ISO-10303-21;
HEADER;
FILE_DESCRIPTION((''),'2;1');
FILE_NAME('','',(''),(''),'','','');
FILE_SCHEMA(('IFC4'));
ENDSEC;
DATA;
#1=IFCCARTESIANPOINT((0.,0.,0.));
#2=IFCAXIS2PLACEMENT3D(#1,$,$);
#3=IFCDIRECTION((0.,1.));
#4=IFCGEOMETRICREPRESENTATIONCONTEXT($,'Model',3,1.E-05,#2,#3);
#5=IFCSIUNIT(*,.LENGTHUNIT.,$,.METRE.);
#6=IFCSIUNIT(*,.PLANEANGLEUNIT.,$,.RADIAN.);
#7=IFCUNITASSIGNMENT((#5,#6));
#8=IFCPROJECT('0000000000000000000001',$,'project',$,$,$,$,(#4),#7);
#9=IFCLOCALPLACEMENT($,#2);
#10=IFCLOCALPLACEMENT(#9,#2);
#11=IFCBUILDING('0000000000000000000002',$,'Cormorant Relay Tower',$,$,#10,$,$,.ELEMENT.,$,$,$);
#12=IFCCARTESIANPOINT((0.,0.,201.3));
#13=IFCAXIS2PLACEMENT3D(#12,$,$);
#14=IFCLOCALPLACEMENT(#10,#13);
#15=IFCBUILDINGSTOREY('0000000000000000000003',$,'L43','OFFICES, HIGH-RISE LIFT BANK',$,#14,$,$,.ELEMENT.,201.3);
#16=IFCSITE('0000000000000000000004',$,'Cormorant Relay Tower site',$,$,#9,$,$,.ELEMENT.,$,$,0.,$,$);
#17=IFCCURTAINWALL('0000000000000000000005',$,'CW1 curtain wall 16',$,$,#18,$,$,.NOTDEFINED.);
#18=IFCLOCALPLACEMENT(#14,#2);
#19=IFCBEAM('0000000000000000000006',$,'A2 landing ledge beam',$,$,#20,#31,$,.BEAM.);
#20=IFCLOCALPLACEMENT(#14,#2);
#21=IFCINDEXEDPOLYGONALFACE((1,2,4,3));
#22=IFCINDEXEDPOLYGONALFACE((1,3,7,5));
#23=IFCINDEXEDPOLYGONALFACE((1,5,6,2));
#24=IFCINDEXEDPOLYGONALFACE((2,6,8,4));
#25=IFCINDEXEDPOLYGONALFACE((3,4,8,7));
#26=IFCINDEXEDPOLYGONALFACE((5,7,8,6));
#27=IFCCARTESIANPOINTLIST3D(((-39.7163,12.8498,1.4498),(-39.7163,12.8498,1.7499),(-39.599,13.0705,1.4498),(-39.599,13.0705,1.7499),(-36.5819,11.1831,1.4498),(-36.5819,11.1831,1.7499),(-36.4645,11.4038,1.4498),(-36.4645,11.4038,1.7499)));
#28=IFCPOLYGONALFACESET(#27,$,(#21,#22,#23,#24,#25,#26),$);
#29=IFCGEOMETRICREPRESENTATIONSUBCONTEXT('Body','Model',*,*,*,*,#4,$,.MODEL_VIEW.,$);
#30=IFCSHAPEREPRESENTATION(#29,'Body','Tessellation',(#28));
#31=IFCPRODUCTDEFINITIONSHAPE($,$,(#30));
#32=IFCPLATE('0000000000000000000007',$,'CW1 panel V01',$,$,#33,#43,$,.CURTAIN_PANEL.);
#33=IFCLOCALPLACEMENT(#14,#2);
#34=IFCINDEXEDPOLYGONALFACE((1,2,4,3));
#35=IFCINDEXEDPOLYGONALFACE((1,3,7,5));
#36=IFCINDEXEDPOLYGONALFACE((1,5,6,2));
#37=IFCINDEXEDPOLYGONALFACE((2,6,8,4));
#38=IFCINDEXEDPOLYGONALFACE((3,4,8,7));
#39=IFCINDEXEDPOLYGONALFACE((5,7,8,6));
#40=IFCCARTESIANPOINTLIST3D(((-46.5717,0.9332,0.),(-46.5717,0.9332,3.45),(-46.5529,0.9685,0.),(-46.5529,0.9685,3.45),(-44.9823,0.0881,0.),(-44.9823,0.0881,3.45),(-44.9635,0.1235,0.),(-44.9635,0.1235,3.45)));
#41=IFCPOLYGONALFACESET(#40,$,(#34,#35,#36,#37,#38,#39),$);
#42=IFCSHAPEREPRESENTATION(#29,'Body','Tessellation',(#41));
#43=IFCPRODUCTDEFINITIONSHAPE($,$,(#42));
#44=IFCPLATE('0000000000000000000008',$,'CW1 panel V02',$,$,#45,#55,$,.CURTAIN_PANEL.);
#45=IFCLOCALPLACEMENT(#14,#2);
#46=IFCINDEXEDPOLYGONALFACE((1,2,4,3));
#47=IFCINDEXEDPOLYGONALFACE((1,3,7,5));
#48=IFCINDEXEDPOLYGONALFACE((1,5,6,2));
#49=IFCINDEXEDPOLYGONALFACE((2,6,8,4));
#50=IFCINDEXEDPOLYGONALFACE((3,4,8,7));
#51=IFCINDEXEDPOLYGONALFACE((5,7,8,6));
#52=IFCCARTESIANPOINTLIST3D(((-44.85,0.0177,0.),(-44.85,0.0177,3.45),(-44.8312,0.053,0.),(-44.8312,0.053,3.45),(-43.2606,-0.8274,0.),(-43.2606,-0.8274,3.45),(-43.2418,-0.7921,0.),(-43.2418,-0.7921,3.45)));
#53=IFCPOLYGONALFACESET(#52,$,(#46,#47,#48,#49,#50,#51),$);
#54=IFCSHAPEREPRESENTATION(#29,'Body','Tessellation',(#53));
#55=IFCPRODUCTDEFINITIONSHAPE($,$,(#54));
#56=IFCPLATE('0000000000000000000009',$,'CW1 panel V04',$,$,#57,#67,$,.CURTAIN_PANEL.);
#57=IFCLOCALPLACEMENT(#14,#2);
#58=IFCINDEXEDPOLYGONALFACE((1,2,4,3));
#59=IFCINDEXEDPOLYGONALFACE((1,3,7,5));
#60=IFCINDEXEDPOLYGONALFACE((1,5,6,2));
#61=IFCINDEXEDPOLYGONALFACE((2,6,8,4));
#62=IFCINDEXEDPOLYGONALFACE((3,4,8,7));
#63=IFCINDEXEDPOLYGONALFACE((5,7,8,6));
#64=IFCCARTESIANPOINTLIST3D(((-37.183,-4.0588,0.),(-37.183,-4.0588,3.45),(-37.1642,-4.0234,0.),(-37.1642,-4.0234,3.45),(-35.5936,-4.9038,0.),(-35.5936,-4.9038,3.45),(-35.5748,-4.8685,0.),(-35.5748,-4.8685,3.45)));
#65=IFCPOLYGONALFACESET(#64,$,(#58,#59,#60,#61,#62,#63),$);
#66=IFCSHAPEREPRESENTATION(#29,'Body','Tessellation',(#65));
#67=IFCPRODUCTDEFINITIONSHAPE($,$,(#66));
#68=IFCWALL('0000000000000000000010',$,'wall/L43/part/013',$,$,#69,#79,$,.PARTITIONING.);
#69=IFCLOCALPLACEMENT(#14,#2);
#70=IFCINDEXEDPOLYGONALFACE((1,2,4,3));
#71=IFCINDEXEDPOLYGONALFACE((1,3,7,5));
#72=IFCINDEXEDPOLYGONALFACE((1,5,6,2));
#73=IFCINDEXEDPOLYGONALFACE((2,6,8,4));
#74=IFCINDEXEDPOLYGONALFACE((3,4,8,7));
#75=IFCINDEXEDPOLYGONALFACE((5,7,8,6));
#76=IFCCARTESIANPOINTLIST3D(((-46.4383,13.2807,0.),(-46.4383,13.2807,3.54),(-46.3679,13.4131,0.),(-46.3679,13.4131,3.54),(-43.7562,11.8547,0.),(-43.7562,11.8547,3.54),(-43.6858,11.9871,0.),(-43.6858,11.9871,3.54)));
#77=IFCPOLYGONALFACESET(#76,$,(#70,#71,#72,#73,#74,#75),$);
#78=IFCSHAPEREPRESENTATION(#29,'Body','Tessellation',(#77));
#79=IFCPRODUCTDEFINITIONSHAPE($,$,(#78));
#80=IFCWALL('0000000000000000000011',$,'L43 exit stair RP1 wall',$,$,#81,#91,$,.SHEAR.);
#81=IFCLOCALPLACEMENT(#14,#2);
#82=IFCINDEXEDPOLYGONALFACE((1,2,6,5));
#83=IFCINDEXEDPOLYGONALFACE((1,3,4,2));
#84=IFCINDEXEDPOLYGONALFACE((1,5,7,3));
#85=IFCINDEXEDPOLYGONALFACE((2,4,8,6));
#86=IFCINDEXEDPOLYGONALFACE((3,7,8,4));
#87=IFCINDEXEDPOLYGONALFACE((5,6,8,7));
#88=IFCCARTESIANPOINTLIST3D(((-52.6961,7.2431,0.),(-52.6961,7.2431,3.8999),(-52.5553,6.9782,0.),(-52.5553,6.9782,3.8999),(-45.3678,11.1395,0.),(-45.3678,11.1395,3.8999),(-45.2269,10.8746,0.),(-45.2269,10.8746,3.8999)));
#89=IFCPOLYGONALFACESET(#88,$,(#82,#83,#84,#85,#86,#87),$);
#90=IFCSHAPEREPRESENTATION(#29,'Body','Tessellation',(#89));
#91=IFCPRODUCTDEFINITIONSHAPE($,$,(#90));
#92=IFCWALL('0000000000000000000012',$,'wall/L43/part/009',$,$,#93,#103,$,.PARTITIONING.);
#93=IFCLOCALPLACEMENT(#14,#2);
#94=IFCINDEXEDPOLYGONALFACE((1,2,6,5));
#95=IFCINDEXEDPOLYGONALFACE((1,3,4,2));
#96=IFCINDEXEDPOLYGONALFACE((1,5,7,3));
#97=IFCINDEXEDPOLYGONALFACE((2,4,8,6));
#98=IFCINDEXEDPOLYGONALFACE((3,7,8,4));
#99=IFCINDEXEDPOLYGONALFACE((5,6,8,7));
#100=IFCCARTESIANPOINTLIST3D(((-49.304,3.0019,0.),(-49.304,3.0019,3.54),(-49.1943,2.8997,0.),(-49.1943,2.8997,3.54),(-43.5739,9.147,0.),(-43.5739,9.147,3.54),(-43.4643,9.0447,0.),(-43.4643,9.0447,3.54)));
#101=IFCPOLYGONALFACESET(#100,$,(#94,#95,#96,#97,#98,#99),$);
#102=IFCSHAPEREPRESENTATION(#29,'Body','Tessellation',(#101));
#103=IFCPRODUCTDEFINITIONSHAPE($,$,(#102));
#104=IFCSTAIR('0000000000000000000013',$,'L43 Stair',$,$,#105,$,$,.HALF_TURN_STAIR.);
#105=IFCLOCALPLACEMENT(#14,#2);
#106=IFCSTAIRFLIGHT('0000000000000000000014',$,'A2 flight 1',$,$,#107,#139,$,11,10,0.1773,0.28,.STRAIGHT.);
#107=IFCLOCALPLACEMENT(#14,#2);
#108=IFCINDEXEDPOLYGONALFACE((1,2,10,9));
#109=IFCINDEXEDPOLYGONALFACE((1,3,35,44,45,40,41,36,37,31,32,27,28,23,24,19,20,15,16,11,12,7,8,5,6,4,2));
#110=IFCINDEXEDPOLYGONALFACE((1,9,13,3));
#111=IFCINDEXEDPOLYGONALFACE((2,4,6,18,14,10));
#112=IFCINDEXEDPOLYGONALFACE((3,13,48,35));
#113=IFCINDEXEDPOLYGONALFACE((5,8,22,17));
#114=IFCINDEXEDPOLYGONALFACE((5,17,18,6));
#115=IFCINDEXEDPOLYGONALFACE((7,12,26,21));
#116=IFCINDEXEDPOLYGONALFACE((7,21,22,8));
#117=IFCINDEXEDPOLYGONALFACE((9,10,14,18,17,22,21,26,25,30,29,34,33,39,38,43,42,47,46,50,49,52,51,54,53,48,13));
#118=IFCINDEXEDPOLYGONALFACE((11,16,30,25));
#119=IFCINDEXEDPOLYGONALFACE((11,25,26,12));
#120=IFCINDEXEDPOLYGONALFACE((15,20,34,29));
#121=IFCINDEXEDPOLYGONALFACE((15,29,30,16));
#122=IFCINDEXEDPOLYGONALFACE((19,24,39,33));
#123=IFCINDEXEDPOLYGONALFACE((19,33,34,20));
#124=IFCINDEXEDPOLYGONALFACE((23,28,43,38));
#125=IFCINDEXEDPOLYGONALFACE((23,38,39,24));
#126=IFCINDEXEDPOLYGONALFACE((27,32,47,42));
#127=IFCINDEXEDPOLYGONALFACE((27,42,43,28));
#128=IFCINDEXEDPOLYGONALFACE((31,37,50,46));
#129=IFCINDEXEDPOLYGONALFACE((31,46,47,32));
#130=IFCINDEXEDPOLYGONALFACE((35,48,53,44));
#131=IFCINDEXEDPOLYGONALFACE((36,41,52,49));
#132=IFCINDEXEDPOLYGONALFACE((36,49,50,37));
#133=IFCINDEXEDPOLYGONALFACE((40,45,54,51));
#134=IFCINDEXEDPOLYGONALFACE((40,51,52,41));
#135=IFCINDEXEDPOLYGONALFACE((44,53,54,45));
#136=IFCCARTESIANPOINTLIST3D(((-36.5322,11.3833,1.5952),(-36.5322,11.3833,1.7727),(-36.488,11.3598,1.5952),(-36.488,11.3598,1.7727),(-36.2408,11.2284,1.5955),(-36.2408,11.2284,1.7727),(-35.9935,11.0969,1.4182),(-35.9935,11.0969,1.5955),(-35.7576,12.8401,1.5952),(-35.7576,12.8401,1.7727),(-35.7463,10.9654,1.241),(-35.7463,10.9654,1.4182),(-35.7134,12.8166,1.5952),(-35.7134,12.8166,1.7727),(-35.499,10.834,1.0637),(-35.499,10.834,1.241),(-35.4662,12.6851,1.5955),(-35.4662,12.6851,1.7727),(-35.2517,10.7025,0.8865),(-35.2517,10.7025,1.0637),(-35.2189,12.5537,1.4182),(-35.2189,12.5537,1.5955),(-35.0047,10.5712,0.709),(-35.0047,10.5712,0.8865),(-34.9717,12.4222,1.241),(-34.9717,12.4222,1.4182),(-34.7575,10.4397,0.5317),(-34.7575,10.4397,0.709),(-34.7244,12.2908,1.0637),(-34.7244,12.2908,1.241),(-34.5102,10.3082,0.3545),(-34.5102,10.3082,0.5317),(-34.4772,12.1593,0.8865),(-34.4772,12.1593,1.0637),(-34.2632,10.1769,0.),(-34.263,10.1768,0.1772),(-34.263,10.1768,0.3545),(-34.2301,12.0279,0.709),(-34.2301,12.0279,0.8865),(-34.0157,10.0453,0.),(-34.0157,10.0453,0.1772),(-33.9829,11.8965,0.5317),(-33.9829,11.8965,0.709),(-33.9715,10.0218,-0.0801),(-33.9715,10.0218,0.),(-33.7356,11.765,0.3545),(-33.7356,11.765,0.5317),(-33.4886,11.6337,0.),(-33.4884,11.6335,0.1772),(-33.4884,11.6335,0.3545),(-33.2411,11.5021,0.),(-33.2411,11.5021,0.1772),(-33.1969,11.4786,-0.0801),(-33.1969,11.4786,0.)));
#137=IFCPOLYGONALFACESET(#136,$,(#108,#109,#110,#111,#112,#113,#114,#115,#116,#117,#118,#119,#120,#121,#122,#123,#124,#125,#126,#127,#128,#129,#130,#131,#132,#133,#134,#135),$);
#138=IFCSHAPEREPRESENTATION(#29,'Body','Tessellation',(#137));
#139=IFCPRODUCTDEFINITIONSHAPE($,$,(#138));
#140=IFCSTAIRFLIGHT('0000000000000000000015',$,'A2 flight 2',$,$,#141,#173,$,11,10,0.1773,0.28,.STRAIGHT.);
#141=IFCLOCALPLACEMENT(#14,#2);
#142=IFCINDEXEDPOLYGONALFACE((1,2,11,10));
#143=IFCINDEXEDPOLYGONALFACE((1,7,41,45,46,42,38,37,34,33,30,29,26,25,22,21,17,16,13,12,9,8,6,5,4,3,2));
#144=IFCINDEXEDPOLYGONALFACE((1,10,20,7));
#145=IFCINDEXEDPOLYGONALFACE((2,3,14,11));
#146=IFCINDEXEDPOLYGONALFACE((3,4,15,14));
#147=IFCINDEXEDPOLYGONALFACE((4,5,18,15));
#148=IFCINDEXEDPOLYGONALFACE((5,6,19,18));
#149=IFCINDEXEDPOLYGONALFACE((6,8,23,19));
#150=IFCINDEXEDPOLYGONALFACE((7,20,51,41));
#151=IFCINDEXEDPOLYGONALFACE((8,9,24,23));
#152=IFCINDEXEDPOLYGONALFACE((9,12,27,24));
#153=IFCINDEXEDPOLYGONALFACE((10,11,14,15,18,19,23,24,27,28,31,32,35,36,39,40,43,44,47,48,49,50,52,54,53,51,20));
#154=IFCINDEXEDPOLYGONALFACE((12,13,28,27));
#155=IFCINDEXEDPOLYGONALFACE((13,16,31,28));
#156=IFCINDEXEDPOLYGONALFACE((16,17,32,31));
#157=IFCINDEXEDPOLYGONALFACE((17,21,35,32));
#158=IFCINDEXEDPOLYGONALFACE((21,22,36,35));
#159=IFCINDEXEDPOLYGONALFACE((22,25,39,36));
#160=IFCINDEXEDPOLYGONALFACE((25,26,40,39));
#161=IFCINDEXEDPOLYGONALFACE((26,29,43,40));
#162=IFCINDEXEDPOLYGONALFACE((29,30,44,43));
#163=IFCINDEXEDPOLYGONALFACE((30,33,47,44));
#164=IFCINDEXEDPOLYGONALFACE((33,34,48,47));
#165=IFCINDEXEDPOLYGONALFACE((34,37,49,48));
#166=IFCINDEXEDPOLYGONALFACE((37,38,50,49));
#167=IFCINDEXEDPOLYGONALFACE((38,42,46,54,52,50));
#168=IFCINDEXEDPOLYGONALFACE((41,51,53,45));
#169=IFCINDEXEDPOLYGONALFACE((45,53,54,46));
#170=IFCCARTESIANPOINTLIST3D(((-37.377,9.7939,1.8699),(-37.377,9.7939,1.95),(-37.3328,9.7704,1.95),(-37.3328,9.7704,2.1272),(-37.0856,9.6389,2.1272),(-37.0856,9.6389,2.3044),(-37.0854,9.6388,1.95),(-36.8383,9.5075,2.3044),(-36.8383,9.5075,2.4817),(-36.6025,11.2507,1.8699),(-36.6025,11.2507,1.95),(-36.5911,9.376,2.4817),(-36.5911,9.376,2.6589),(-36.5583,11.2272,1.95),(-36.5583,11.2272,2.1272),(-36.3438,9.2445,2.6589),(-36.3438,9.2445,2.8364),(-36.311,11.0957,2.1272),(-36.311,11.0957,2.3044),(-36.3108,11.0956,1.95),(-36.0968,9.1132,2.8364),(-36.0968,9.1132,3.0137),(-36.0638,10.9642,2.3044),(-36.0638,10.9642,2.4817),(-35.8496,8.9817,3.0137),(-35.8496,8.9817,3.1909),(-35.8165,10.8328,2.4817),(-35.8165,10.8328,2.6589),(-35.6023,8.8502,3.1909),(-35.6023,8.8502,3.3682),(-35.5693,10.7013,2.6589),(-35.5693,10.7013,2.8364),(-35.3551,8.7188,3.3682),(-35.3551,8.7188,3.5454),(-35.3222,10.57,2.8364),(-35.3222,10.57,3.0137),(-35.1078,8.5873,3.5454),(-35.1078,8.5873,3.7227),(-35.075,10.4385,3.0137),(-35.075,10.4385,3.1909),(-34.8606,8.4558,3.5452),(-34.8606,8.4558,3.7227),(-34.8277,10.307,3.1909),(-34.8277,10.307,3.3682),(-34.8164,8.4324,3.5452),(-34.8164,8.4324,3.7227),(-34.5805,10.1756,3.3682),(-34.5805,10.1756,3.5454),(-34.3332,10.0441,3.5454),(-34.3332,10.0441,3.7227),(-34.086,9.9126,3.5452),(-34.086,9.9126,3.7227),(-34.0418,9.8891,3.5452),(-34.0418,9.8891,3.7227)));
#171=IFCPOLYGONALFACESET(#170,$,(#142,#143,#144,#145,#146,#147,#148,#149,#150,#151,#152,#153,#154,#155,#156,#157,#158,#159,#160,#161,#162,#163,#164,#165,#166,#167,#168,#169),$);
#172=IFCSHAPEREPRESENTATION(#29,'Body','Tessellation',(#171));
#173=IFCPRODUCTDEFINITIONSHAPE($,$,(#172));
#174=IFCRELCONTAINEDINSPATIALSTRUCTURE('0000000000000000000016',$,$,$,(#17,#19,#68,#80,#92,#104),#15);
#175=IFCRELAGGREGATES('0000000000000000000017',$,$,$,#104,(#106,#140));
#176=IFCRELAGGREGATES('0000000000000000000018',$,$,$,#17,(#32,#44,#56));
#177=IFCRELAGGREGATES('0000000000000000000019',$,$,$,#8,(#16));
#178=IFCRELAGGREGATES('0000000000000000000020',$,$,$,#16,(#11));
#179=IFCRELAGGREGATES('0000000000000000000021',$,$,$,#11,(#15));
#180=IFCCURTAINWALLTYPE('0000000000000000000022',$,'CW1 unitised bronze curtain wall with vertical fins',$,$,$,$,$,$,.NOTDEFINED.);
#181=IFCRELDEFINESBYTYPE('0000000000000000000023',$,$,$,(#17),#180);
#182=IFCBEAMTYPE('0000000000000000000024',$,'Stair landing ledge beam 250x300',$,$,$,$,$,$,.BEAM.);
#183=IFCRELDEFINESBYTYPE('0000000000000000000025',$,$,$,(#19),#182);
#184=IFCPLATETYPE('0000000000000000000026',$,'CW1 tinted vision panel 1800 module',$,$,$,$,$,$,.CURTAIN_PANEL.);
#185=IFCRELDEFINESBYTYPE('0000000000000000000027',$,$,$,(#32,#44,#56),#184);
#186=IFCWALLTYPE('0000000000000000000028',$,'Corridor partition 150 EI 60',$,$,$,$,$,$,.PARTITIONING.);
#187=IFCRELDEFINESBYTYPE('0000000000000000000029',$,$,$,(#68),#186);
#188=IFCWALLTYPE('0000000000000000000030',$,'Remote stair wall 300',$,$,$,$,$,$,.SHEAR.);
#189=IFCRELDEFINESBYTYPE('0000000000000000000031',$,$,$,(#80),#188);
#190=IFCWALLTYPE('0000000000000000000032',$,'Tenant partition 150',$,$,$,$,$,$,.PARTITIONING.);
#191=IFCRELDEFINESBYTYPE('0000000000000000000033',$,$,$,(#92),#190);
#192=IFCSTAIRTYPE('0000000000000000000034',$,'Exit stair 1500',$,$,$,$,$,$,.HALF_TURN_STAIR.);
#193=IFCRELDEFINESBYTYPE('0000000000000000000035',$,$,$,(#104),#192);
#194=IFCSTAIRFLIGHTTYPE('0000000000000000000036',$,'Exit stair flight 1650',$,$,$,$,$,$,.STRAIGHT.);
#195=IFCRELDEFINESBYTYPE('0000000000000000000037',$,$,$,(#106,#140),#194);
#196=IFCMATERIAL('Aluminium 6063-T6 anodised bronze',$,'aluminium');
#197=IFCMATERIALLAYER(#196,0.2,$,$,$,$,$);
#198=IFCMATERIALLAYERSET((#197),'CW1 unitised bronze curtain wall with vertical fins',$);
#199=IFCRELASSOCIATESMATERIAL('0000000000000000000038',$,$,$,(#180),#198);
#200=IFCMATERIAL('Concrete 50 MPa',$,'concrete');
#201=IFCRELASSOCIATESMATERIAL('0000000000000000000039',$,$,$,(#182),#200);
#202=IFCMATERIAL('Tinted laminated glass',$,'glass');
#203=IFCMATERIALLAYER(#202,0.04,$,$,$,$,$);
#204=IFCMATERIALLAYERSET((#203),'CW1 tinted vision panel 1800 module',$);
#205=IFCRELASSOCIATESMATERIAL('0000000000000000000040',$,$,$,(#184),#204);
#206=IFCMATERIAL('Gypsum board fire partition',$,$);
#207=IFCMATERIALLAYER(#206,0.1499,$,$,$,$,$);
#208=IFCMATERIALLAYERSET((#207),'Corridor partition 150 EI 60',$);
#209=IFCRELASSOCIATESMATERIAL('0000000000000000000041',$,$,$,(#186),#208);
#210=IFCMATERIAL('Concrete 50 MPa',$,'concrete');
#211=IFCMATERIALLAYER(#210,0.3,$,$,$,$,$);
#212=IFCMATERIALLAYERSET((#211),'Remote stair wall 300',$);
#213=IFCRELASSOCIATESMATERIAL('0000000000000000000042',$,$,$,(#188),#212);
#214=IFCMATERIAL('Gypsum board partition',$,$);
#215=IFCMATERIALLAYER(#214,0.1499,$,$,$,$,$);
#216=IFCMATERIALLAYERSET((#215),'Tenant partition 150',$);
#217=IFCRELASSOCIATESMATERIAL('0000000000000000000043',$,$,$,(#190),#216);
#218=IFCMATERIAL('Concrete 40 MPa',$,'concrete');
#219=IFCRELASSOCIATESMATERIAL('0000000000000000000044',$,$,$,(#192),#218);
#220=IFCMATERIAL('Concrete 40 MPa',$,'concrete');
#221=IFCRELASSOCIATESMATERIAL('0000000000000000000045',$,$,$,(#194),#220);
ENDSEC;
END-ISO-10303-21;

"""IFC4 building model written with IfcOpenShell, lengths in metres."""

from ifc_helpers import new_model, si_unit, direction, frame, frame_2d, origin, origin_2d, place, context, subcontext, project, spatial, polyline, rectangle, outline, extrude, material, layer, layer_set, material_profile, profile_set, type_object, element, aggregate, save


model = new_model("IFC4")

# Units and contexts
model_context = context("Model", 3, precision=1e-05, world=origin(), true_north=direction((0.0, 1.0)))
body_context = subcontext(model_context, "Body", "Model", "MODEL_VIEW")
ifc_project = project(units=[si_unit("LENGTHUNIT", "METRE"), si_unit("PLANEANGLEUNIT", "RADIAN")], contexts=[model_context])

# Site, building, storey
site_placement = place(None, origin())
site = spatial("IfcSite", under=ifc_project, at=site_placement, Name="Cormorant Relay Tower site", CompositionType="ELEMENT", RefElevation=0.0)
building_placement = place(site_placement, origin())
building = spatial("IfcBuilding", under=site, at=building_placement, Name="Cormorant Relay Tower", CompositionType="ELEMENT")
storey_placement = place(building_placement, frame((0.0, 0.0, 201.3)))
storey = spatial("IfcBuildingStorey", under=building, at=storey_placement, Name="L43", Description="OFFICES, HIGH-RISE LIFT BANK", CompositionType="ELEMENT", Elevation=201.3)

# Curtain wall
ifc_material_1 = material(Name="Aluminium 6063-T6 anodised bronze", Category="aluminium")
ifc_layer_1 = layer(ifc_material_1, 0.2)
ifc_layer_set_1 = layer_set([ifc_layer_1], Name="CW1 unitised bronze curtain wall with vertical fins")
curtain_wall_type = type_object("IfcCurtainWallType", Name="CW1 unitised bronze curtain wall with vertical fins", PredefinedType="NOTDEFINED", material=ifc_layer_set_1)
curtain_wall_placement = place(storey_placement, origin())
curtain_wall = element("IfcCurtainWall", 1, at=curtain_wall_placement, inside=storey, type_object=curtain_wall_type, Name="CW1 curtain wall 16", PredefinedType="NOTDEFINED")

# Beam
ifc_material_2 = material(Name="Concrete 50 MPa", Category="concrete")
ifc_material_profile_1 = material_profile(ifc_material_2, rectangle(XDim=0.25, YDim=0.3, at=origin_2d()), Name="RC 250x300")
ifc_profile_set_1 = profile_set([ifc_material_profile_1], Name="Concrete 50 MPa")
beam_type_1 = type_object("IfcBeamType", Name="Stair landing ledge beam 250x300", PredefinedType="BEAM", material=ifc_profile_set_1)
beam_1_placement = place(storey_placement, frame((-36.5232, 11.2935, 1.5999), z_axis=(-0.882937, 0.469492, 0.0), x_axis=(-0.469492, -0.882937, 0.0)))
element("IfcBeam", 2, at=beam_1_placement, inside=storey, type_object=beam_type_1, Name="A2 landing ledge beam", PredefinedType="BEAM", context=body_context, shape_type="SweptSolid", body=[
    extrude(rectangle(XDim=0.25, YDim=0.3, at=origin_2d()), origin(), (0.0, 0.0, 1.0), 3.55),
])

# Plates
ifc_material_3 = material(Name="Tinted laminated glass", Category="glass")
ifc_layer_2 = layer(ifc_material_3, 0.04)
ifc_layer_set_2 = layer_set([ifc_layer_2], Name="CW1 tinted vision panel 1800 module")
plate_type = type_object("IfcPlateType", Name="CW1 tinted vision panel 1800 module", PredefinedType="CURTAIN_PANEL", material=ifc_layer_set_2)
plate_1_placement = place(storey_placement, frame((-45.7676, 0.5283, 0.0), z_axis=(0.0, 0.0, 1.0), x_axis=(0.882948, -0.469472, 0.0)))
plate_1 = element("IfcPlate", 3, at=plate_1_placement, type_object=plate_type, Name="CW1 panel V01", PredefinedType="CURTAIN_PANEL", context=body_context, shape_type="SweptSolid", body=[
    extrude(rectangle(XDim=1.8, YDim=0.04, at=origin_2d()), origin(), (0.0, 0.0, 1.0), 3.45),
])
plate_2_placement = place(storey_placement, frame((-44.0459, -0.3872, 0.0), z_axis=(0.0, 0.0, 1.0), x_axis=(0.882948, -0.469472, 0.0)))
plate_2 = element("IfcPlate", 4, at=plate_2_placement, type_object=plate_type, Name="CW1 panel V02", PredefinedType="CURTAIN_PANEL", context=body_context, shape_type="SweptSolid", body=[
    extrude(rectangle(XDim=1.8, YDim=0.04, at=origin_2d()), origin(), (0.0, 0.0, 1.0), 3.45),
])
plate_3_placement = place(storey_placement, frame((-36.3789, -4.4636, 0.0), z_axis=(0.0, 0.0, 1.0), x_axis=(0.882948, -0.469472, 0.0)))
plate_3 = element("IfcPlate", 5, at=plate_3_placement, type_object=plate_type, Name="CW1 panel V04", PredefinedType="CURTAIN_PANEL", context=body_context, shape_type="SweptSolid", body=[
    extrude(rectangle(XDim=1.8, YDim=0.04, at=origin_2d()), origin(), (0.0, 0.0, 1.0), 3.45),
])

# Walls
ifc_material_4 = material(Name="Gypsum board fire partition")
ifc_layer_3 = layer(ifc_material_4, 0.1499)
ifc_layer_set_3 = layer_set([ifc_layer_3], Name="Corridor partition 150 EI 60")
wall_type_1 = type_object("IfcWallType", Name="Corridor partition 150 EI 60", PredefinedType="PARTITIONING", material=ifc_layer_set_3)
wall_1_placement = place(storey_placement, frame((-46.4031, 13.3469, 0.0), z_axis=(0.0, 0.0, 1.0), x_axis=(0.88296, -0.469449, 0.0)))
element("IfcWall", 6, at=wall_1_placement, inside=storey, type_object=wall_type_1, Name="wall/L43/part/013", PredefinedType="PARTITIONING", context=body_context, shape_type="SweptSolid", body=[
    extrude(rectangle(XDim=3.0376, YDim=0.1499, at=frame_2d((1.5188, 0.0))), origin(), (0.0, 0.0, 1.0), 3.54),
])
ifc_material_5 = material(Name="Concrete 50 MPa", Category="concrete")
ifc_layer_4 = layer(ifc_material_5, 0.3)
ifc_layer_set_4 = layer_set([ifc_layer_4], Name="Remote stair wall 300")
wall_type_2 = type_object("IfcWallType", Name="Remote stair wall 300", PredefinedType="SHEAR", material=ifc_layer_set_4)
wall_2_placement = place(storey_placement, frame((-45.2974, 11.0071, 0.0), z_axis=(0.0, 0.0, 1.0), x_axis=(-0.882952, -0.469464, 0.0)))
element("IfcWall", 7, at=wall_2_placement, inside=storey, type_object=wall_type_2, Name="L43 exit stair RP1 wall", PredefinedType="SHEAR", context=body_context, shape_type="SweptSolid", body=[
    extrude(rectangle(XDim=8.2998, YDim=0.3, at=frame_2d((4.1499, 0.0))), origin(), (0.0, 0.0, 1.0), 3.8999),
])
ifc_material_6 = material(Name="Gypsum board partition")
ifc_layer_5 = layer(ifc_material_6, 0.1499)
ifc_layer_set_5 = layer_set([ifc_layer_5], Name="Tenant partition 150")
wall_type_3 = type_object("IfcWallType", Name="Tenant partition 150", PredefinedType="PARTITIONING", material=ifc_layer_set_5)
wall_3_placement = place(storey_placement, frame((-43.519, 9.0959, 0.0), z_axis=(0.0, 0.0, 1.0), x_axis=(-0.681977, -0.731374, 0.0)))
element("IfcWall", 8, at=wall_3_placement, inside=storey, type_object=wall_type_3, Name="wall/L43/part/009", PredefinedType="PARTITIONING", context=body_context, shape_type="SweptSolid", body=[
    extrude(rectangle(XDim=8.4021, YDim=0.1499, at=frame_2d((4.2012, 0.0))), origin(), (0.0, 0.0, 1.0), 3.54),
])

# Stair, stair flights
ifc_material_7 = material(Name="Concrete 40 MPa", Category="concrete")
stair_type = type_object("IfcStairType", Name="Exit stair 1500", PredefinedType="HALF_TURN_STAIR", material=ifc_material_7)
stair_placement = place(storey_placement, origin())
stair = element("IfcStair", 9, at=stair_placement, inside=storey, type_object=stair_type, Name="L43 Stair", PredefinedType="HALF_TURN_STAIR")
ifc_material_8 = material(Name="Concrete 40 MPa", Category="concrete")
stair_flight_type = type_object("IfcStairFlightType", Name="Exit stair flight 1650", PredefinedType="STRAIGHT", material=ifc_material_8)
stair_flight_1_placement = place(storey_placement, frame((-33.6284, 10.7737, 0.0), z_axis=(0.0, 0.0, 1.0), x_axis=(-0.882948, 0.469472, 0.0)))
stair_flight_1 = element("IfcStairFlight", 10, at=stair_flight_1_placement, type_object=stair_flight_type, Name="A2 flight 1", NumberOfRisers=11, NumberOfTreads=10, PredefinedType="STRAIGHT", RiserHeight=0.1773, TreadLength=0.28, context=body_context, shape_type="SweptSolid", body=[
    extrude(outline(polyline([(-0.05, -0.0801), (-0.05, 0.0), (0.0, 0.0), (0.0, 0.1772), (0.28, 0.1772), (0.28, 0.3545), (0.5601, 0.3545), (0.5601, 0.5317), (0.8401, 0.5317), (0.8401, 0.709), (1.1201, 0.709), (1.1201, 0.8865), (1.3999, 0.8865), (1.3999, 1.0637), (1.6799, 1.0637), (1.6799, 1.241), (1.96, 1.241), (1.96, 1.4182), (2.24, 1.4182), (2.24, 1.5955), (2.52, 1.5955), (2.52, 1.7727), (2.8, 1.7727), (2.8501, 1.7727), (2.8501, 1.5952), (2.8, 1.5952), (0.2803, 0.0), (-0.05, -0.0801)])), frame((0.0, 0.825, 0.0), z_axis=(0.0, -1.0, 0.0), x_axis=(1.0, 0.0, 0.0)), (0.0, 0.0, 1.0), 1.6499),
])
stair_flight_2_placement = place(storey_placement, frame((-36.9456, 10.4988, 1.95), z_axis=(0.0, 0.0, 1.0), x_axis=(0.882948, -0.469472, 0.0)))
stair_flight_2 = element("IfcStairFlight", 11, at=stair_flight_2_placement, type_object=stair_flight_type, Name="A2 flight 2", NumberOfRisers=11, NumberOfTreads=10, PredefinedType="STRAIGHT", RiserHeight=0.1773, TreadLength=0.28, context=body_context, shape_type="SweptSolid", body=[
    extrude(outline(polyline([(-0.05, -0.0801), (-0.05, 0.0), (0.0, 0.0), (0.0, 0.1772), (0.28, 0.1772), (0.28, 0.3545), (0.5601, 0.3545), (0.5601, 0.5317), (0.8401, 0.5317), (0.8401, 0.709), (1.1201, 0.709), (1.1201, 0.8865), (1.3999, 0.8865), (1.3999, 1.0637), (1.6799, 1.0637), (1.6799, 1.241), (1.96, 1.241), (1.96, 1.4182), (2.24, 1.4182), (2.24, 1.5955), (2.52, 1.5955), (2.52, 1.7727), (2.8, 1.7727), (2.8501, 1.7727), (2.8501, 1.5952), (2.8, 1.5952), (0.2803, 0.0), (-0.05, -0.0801)])), frame((0.0, 0.825, 0.0), z_axis=(0.0, -1.0, 0.0), x_axis=(1.0, 0.0, 0.0)), (0.0, 0.0, 1.0), 1.6499),
])
aggregate(stair, [stair_flight_1, stair_flight_2])

aggregate(curtain_wall, [plate_1, plate_2, plate_3])

save(model, "model.ifc")
